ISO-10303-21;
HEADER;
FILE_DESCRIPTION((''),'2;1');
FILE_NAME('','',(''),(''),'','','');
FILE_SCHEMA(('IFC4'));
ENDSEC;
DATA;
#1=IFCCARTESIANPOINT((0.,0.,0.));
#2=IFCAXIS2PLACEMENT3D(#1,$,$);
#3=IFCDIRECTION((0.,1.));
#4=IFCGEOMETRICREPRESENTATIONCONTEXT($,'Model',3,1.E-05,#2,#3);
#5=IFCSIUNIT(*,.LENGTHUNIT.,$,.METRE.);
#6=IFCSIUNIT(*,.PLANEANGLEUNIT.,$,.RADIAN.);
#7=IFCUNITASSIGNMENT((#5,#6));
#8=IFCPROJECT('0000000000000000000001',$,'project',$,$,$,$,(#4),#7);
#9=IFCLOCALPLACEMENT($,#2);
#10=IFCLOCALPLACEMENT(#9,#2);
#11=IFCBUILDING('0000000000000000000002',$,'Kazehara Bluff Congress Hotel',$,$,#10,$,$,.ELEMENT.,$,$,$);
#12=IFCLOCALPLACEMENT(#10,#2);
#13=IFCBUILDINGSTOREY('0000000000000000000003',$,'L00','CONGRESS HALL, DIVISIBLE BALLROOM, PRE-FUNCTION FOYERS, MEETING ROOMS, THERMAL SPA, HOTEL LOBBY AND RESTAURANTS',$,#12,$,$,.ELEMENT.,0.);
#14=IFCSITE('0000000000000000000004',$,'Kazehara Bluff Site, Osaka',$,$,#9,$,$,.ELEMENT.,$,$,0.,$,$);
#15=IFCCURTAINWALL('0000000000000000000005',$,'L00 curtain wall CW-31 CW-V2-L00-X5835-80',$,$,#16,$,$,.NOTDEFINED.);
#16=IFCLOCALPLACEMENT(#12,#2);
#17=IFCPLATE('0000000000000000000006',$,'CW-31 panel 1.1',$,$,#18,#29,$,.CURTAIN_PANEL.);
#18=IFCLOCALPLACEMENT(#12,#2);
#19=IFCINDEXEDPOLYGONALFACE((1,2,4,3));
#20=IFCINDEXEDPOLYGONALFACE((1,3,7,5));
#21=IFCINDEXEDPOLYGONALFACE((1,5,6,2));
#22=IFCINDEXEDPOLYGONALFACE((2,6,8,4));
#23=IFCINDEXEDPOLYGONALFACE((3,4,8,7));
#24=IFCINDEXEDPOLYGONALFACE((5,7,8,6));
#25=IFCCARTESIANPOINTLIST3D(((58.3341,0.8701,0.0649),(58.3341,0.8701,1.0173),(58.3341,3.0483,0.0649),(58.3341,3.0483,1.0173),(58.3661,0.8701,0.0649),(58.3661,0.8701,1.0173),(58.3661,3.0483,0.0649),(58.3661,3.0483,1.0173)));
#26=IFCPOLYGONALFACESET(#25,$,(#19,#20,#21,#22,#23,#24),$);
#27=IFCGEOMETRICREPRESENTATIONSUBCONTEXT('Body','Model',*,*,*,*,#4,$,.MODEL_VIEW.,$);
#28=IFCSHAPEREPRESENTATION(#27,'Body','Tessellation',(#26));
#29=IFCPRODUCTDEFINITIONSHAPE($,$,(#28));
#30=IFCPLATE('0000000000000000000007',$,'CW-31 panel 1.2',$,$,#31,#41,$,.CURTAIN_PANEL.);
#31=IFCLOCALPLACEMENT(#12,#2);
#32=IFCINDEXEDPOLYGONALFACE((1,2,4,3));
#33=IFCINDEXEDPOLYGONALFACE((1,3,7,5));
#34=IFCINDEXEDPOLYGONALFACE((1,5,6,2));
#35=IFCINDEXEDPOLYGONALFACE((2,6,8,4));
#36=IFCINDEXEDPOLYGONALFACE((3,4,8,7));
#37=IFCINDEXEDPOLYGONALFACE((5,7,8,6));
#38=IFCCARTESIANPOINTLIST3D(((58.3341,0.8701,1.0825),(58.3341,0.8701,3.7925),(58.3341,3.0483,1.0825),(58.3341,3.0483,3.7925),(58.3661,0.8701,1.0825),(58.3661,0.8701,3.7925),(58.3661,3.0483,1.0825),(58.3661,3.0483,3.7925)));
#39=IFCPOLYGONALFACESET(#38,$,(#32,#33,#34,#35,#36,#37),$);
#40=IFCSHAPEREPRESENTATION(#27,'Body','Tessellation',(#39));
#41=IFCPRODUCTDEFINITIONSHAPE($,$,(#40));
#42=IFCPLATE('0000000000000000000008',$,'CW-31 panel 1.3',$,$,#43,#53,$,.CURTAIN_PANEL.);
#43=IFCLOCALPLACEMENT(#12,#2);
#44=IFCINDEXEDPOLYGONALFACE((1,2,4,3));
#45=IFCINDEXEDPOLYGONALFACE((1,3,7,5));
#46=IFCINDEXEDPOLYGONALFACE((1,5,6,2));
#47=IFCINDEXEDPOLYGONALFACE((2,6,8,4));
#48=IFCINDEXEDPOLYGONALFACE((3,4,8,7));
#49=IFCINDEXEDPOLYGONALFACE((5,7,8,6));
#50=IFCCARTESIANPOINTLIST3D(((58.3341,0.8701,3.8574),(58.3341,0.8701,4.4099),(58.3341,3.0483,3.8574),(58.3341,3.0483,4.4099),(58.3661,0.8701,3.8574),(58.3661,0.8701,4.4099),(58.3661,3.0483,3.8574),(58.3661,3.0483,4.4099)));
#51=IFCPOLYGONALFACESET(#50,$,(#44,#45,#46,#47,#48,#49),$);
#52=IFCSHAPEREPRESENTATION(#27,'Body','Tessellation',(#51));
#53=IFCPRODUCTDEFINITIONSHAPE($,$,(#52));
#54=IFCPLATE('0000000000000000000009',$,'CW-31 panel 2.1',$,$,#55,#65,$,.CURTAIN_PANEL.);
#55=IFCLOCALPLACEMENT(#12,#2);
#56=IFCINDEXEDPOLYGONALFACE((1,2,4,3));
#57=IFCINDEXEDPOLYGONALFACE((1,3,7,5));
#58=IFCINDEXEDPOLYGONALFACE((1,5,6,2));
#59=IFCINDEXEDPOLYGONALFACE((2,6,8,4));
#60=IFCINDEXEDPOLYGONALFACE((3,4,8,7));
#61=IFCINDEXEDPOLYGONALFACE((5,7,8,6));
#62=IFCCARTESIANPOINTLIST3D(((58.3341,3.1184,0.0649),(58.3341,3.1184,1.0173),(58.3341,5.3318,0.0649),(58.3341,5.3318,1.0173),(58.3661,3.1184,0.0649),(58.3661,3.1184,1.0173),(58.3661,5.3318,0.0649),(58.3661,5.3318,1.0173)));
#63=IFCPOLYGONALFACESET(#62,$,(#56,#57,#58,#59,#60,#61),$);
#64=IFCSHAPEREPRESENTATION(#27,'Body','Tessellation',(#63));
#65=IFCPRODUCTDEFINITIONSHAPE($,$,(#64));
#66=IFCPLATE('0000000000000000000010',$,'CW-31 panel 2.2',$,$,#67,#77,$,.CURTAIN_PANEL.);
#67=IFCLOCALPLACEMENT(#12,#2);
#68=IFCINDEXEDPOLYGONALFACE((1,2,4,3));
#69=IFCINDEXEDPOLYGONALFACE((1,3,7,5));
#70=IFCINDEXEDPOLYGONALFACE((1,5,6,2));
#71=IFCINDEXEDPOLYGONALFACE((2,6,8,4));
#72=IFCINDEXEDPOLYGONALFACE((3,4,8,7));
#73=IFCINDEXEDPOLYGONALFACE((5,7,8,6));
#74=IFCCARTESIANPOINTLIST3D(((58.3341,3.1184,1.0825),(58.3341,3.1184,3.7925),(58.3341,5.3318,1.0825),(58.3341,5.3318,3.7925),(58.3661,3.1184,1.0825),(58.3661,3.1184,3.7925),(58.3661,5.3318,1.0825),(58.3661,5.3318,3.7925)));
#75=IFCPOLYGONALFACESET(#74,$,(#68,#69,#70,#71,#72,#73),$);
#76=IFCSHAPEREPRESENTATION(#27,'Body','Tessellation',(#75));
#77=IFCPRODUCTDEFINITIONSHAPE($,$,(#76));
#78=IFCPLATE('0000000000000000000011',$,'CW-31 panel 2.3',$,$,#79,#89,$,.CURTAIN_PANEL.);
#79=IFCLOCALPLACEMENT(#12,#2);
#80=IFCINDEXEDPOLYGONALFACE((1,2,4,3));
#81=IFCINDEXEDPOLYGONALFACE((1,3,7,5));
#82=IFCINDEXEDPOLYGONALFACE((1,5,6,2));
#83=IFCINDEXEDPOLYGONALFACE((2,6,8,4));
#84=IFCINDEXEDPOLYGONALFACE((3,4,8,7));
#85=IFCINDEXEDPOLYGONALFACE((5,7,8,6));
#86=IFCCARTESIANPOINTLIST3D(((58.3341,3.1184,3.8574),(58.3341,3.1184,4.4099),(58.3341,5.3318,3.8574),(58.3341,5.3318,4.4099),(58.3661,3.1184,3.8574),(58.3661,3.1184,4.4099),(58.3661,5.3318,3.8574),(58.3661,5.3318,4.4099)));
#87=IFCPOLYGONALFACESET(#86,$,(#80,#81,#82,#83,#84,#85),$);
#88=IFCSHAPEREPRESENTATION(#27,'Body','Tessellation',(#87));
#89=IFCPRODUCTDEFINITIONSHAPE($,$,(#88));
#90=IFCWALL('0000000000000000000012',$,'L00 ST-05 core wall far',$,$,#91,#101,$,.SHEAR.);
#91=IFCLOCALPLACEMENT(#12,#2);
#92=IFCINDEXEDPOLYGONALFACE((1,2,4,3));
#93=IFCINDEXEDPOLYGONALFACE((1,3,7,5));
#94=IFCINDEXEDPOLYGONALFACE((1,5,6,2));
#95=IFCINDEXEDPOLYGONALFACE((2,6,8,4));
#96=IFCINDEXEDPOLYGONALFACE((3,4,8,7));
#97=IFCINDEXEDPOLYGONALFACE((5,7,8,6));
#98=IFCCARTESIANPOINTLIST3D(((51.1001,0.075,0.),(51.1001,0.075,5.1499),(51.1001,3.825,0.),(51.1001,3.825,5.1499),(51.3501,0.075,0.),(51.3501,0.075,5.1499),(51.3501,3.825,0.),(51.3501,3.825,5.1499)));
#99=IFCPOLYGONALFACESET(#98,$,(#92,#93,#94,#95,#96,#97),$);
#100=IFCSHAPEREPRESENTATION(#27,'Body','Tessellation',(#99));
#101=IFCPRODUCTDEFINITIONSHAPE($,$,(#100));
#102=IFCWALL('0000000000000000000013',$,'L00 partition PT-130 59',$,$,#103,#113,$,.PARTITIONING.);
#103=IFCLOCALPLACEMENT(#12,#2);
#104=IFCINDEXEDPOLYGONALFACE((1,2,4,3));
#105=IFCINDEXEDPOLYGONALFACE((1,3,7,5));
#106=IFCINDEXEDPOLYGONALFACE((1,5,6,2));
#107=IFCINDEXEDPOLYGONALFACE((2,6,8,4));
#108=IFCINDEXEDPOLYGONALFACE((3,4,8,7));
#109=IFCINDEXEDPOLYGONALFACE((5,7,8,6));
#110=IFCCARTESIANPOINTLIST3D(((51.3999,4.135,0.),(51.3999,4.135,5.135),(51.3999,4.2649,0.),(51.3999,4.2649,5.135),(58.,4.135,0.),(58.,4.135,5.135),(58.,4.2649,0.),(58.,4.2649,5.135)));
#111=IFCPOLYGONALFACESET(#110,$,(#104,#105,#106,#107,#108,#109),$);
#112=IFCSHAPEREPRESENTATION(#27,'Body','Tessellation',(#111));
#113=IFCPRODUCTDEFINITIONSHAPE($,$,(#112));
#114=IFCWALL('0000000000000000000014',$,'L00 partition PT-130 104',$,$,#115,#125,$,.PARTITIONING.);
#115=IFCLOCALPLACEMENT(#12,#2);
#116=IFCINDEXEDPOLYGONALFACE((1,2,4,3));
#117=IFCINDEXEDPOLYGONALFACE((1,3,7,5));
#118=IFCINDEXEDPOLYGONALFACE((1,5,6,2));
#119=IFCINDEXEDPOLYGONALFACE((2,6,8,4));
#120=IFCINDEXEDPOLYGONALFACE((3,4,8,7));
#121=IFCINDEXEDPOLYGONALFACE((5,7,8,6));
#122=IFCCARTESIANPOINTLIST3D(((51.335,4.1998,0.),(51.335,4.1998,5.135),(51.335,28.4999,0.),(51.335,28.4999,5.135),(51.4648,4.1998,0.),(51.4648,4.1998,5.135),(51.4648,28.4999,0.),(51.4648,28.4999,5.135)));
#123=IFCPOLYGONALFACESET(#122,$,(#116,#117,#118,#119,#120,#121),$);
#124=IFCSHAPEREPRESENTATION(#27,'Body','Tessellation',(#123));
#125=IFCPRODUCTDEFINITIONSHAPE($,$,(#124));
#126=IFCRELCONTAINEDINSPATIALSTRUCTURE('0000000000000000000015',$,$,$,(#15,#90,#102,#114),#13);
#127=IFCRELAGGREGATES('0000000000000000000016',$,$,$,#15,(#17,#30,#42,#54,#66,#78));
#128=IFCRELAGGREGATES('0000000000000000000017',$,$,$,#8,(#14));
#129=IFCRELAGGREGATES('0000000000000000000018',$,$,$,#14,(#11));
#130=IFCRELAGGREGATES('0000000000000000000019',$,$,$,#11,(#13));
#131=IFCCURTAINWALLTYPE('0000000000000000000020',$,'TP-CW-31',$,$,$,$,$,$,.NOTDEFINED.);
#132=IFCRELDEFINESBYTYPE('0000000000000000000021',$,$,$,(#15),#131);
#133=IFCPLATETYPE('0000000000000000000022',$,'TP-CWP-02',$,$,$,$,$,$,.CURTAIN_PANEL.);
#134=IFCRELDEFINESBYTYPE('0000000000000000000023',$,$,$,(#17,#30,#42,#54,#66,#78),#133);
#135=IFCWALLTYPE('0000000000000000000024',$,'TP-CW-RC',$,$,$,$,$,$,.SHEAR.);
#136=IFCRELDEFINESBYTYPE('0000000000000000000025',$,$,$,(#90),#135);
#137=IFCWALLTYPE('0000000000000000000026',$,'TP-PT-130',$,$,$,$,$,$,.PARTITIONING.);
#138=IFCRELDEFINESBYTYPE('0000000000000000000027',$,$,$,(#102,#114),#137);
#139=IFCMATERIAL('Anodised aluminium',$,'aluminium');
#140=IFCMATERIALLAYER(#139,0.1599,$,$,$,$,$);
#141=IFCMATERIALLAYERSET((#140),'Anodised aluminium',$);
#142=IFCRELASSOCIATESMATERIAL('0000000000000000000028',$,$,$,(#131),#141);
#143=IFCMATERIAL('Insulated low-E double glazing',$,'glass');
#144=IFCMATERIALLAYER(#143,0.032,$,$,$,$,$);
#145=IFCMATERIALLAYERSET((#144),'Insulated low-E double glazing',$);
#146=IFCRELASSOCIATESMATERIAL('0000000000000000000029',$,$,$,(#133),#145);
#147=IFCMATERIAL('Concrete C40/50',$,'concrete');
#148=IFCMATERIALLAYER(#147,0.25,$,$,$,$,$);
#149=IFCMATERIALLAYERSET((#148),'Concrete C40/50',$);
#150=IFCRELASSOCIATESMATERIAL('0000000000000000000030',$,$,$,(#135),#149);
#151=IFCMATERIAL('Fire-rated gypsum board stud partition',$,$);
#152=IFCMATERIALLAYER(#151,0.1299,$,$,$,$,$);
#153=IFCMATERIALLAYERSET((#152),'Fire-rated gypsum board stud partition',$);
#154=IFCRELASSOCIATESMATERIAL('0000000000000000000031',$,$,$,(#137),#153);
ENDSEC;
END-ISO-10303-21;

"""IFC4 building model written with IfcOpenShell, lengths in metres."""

from ifc_helpers import new_model, si_unit, direction, frame, frame_2d, origin, origin_2d, place, context, subcontext, project, spatial, rectangle, extrude, material, layer, layer_set, type_object, element, aggregate, save


model = new_model("IFC4")

# Units and contexts
model_context = context("Model", 3, precision=1e-05, world=origin(), true_north=direction((0.0, 1.0)))
body_context = subcontext(model_context, "Body", "Model", "MODEL_VIEW")
ifc_project = project(units=[si_unit("LENGTHUNIT", "METRE"), si_unit("PLANEANGLEUNIT", "RADIAN")], contexts=[model_context])

# Site, building, storey
site_placement = place(None, origin())
site = spatial("IfcSite", under=ifc_project, at=site_placement, Name="Kazehara Bluff Site, Osaka", CompositionType="ELEMENT", RefElevation=0.0)
building_placement = place(site_placement, origin())
building = spatial("IfcBuilding", under=site, at=building_placement, Name="Kazehara Bluff Congress Hotel", CompositionType="ELEMENT")
storey_placement = place(building_placement, origin())
storey = spatial("IfcBuildingStorey", under=building, at=storey_placement, Name="L00", Description="CONGRESS HALL, DIVISIBLE BALLROOM, PRE-FUNCTION FOYERS, MEETING ROOMS, THERMAL SPA, HOTEL LOBBY AND RESTAURANTS", CompositionType="ELEMENT", Elevation=0.0)

# Curtain wall
ifc_material_1 = material(Name="Anodised aluminium", Category="aluminium")
ifc_layer_1 = layer(ifc_material_1, 0.1599)
ifc_layer_set_1 = layer_set([ifc_layer_1], Name="Anodised aluminium")
curtain_wall_type = type_object("IfcCurtainWallType", Name="TP-CW-31", PredefinedType="NOTDEFINED", material=ifc_layer_set_1)
curtain_wall_placement = place(storey_placement, origin())
curtain_wall = element("IfcCurtainWall", 1, at=curtain_wall_placement, inside=storey, type_object=curtain_wall_type, Name="L00 curtain wall CW-31 CW-V2-L00-X5835-80", PredefinedType="NOTDEFINED")

# Plates
ifc_material_2 = material(Name="Insulated low-E double glazing", Category="glass")
ifc_layer_2 = layer(ifc_material_2, 0.032)
ifc_layer_set_2 = layer_set([ifc_layer_2], Name="Insulated low-E double glazing")
plate_type = type_object("IfcPlateType", Name="TP-CWP-02", PredefinedType="CURTAIN_PANEL", material=ifc_layer_set_2)
plate_1_placement = place(storey_placement, frame((58.3501, 1.9592, 0.0649), z_axis=(0.0, 0.0, 1.0), x_axis=(0.0, 1.0, 0.0)))
plate_1 = element("IfcPlate", 2, at=plate_1_placement, type_object=plate_type, Name="CW-31 panel 1.1", PredefinedType="CURTAIN_PANEL", context=body_context, shape_type="SweptSolid", body=[
    extrude(rectangle(XDim=2.1782, YDim=0.032, at=origin_2d()), origin(), (0.0, 0.0, 1.0), 0.9524),
])
plate_2_placement = place(storey_placement, frame((58.3501, 1.9592, 1.0825), z_axis=(0.0, 0.0, 1.0), x_axis=(0.0, 1.0, 0.0)))
plate_2 = element("IfcPlate", 3, at=plate_2_placement, type_object=plate_type, Name="CW-31 panel 1.2", PredefinedType="CURTAIN_PANEL", context=body_context, shape_type="SweptSolid", body=[
    extrude(rectangle(XDim=2.1782, YDim=0.032, at=origin_2d()), origin(), (0.0, 0.0, 1.0), 2.71),
])
plate_3_placement = place(storey_placement, frame((58.3501, 1.9592, 3.8574), z_axis=(0.0, 0.0, 1.0), x_axis=(0.0, 1.0, 0.0)))
plate_3 = element("IfcPlate", 4, at=plate_3_placement, type_object=plate_type, Name="CW-31 panel 1.3", PredefinedType="CURTAIN_PANEL", context=body_context, shape_type="SweptSolid", body=[
    extrude(rectangle(XDim=2.1782, YDim=0.032, at=origin_2d()), origin(), (0.0, 0.0, 1.0), 0.5525),
])
plate_4_placement = place(storey_placement, frame((58.3501, 4.2251, 0.0649), z_axis=(0.0, 0.0, 1.0), x_axis=(0.0, 1.0, 0.0)))
plate_4 = element("IfcPlate", 5, at=plate_4_placement, type_object=plate_type, Name="CW-31 panel 2.1", PredefinedType="CURTAIN_PANEL", context=body_context, shape_type="SweptSolid", body=[
    extrude(rectangle(XDim=2.2134, YDim=0.032, at=origin_2d()), origin(), (0.0, 0.0, 1.0), 0.9524),
])
plate_5_placement = place(storey_placement, frame((58.3501, 4.2251, 1.0825), z_axis=(0.0, 0.0, 1.0), x_axis=(0.0, 1.0, 0.0)))
plate_5 = element("IfcPlate", 6, at=plate_5_placement, type_object=plate_type, Name="CW-31 panel 2.2", PredefinedType="CURTAIN_PANEL", context=body_context, shape_type="SweptSolid", body=[
    extrude(rectangle(XDim=2.2134, YDim=0.032, at=origin_2d()), origin(), (0.0, 0.0, 1.0), 2.71),
])
plate_6_placement = place(storey_placement, frame((58.3501, 4.2251, 3.8574), z_axis=(0.0, 0.0, 1.0), x_axis=(0.0, 1.0, 0.0)))
plate_6 = element("IfcPlate", 7, at=plate_6_placement, type_object=plate_type, Name="CW-31 panel 2.3", PredefinedType="CURTAIN_PANEL", context=body_context, shape_type="SweptSolid", body=[
    extrude(rectangle(XDim=2.2134, YDim=0.032, at=origin_2d()), origin(), (0.0, 0.0, 1.0), 0.5525),
])
aggregate(curtain_wall, [plate_1, plate_2, plate_3, plate_4, plate_5, plate_6])

# Walls
ifc_material_3 = material(Name="Concrete C40/50", Category="concrete")
ifc_layer_3 = layer(ifc_material_3, 0.25)
ifc_layer_set_3 = layer_set([ifc_layer_3], Name="Concrete C40/50")
wall_type_1 = type_object("IfcWallType", Name="TP-CW-RC", PredefinedType="SHEAR", material=ifc_layer_set_3)
wall_1_placement = place(storey_placement, frame((51.2251, 3.825, 0.0), z_axis=(0.0, 0.0, 1.0), x_axis=(0.0, -1.0, 0.0)))
element("IfcWall", 8, at=wall_1_placement, inside=storey, type_object=wall_type_1, Name="L00 ST-05 core wall far", PredefinedType="SHEAR", context=body_context, shape_type="SweptSolid", body=[
    extrude(rectangle(XDim=3.75, YDim=0.25, at=frame_2d((1.875, 0.0))), origin(), (0.0, 0.0, 1.0), 5.1499),
])
ifc_material_4 = material(Name="Fire-rated gypsum board stud partition")
ifc_layer_4 = layer(ifc_material_4, 0.1299)
ifc_layer_set_4 = layer_set([ifc_layer_4], Name="Fire-rated gypsum board stud partition")
wall_type_2 = type_object("IfcWallType", Name="TP-PT-130", PredefinedType="PARTITIONING", material=ifc_layer_set_4)
wall_2_placement = place(storey_placement, frame((51.3999, 4.2, 0.0), z_axis=(0.0, 0.0, 1.0), x_axis=(1.0, 0.0, 0.0)))
element("IfcWall", 9, at=wall_2_placement, inside=storey, type_object=wall_type_2, Name="L00 partition PT-130 59", PredefinedType="PARTITIONING", context=body_context, shape_type="SweptSolid", body=[
    extrude(rectangle(XDim=6.6001, YDim=0.1299, at=frame_2d((3.3, 0.0))), origin(), (0.0, 0.0, 1.0), 5.135),
])
wall_3_placement = place(storey_placement, frame((51.3999, 4.2, 0.0), z_axis=(0.0, 0.0, 1.0), x_axis=(0.0, 1.0, 0.0)))
element("IfcWall", 10, at=wall_3_placement, inside=storey, type_object=wall_type_2, Name="L00 partition PT-130 104", PredefinedType="PARTITIONING", context=body_context, shape_type="SweptSolid", body=[
    extrude(rectangle(XDim=24.3, YDim=0.1299, at=frame_2d((12.1499, 0.0))), origin(), (0.0, 0.0, 1.0), 5.135),
])

save(model, "model.ifc")
